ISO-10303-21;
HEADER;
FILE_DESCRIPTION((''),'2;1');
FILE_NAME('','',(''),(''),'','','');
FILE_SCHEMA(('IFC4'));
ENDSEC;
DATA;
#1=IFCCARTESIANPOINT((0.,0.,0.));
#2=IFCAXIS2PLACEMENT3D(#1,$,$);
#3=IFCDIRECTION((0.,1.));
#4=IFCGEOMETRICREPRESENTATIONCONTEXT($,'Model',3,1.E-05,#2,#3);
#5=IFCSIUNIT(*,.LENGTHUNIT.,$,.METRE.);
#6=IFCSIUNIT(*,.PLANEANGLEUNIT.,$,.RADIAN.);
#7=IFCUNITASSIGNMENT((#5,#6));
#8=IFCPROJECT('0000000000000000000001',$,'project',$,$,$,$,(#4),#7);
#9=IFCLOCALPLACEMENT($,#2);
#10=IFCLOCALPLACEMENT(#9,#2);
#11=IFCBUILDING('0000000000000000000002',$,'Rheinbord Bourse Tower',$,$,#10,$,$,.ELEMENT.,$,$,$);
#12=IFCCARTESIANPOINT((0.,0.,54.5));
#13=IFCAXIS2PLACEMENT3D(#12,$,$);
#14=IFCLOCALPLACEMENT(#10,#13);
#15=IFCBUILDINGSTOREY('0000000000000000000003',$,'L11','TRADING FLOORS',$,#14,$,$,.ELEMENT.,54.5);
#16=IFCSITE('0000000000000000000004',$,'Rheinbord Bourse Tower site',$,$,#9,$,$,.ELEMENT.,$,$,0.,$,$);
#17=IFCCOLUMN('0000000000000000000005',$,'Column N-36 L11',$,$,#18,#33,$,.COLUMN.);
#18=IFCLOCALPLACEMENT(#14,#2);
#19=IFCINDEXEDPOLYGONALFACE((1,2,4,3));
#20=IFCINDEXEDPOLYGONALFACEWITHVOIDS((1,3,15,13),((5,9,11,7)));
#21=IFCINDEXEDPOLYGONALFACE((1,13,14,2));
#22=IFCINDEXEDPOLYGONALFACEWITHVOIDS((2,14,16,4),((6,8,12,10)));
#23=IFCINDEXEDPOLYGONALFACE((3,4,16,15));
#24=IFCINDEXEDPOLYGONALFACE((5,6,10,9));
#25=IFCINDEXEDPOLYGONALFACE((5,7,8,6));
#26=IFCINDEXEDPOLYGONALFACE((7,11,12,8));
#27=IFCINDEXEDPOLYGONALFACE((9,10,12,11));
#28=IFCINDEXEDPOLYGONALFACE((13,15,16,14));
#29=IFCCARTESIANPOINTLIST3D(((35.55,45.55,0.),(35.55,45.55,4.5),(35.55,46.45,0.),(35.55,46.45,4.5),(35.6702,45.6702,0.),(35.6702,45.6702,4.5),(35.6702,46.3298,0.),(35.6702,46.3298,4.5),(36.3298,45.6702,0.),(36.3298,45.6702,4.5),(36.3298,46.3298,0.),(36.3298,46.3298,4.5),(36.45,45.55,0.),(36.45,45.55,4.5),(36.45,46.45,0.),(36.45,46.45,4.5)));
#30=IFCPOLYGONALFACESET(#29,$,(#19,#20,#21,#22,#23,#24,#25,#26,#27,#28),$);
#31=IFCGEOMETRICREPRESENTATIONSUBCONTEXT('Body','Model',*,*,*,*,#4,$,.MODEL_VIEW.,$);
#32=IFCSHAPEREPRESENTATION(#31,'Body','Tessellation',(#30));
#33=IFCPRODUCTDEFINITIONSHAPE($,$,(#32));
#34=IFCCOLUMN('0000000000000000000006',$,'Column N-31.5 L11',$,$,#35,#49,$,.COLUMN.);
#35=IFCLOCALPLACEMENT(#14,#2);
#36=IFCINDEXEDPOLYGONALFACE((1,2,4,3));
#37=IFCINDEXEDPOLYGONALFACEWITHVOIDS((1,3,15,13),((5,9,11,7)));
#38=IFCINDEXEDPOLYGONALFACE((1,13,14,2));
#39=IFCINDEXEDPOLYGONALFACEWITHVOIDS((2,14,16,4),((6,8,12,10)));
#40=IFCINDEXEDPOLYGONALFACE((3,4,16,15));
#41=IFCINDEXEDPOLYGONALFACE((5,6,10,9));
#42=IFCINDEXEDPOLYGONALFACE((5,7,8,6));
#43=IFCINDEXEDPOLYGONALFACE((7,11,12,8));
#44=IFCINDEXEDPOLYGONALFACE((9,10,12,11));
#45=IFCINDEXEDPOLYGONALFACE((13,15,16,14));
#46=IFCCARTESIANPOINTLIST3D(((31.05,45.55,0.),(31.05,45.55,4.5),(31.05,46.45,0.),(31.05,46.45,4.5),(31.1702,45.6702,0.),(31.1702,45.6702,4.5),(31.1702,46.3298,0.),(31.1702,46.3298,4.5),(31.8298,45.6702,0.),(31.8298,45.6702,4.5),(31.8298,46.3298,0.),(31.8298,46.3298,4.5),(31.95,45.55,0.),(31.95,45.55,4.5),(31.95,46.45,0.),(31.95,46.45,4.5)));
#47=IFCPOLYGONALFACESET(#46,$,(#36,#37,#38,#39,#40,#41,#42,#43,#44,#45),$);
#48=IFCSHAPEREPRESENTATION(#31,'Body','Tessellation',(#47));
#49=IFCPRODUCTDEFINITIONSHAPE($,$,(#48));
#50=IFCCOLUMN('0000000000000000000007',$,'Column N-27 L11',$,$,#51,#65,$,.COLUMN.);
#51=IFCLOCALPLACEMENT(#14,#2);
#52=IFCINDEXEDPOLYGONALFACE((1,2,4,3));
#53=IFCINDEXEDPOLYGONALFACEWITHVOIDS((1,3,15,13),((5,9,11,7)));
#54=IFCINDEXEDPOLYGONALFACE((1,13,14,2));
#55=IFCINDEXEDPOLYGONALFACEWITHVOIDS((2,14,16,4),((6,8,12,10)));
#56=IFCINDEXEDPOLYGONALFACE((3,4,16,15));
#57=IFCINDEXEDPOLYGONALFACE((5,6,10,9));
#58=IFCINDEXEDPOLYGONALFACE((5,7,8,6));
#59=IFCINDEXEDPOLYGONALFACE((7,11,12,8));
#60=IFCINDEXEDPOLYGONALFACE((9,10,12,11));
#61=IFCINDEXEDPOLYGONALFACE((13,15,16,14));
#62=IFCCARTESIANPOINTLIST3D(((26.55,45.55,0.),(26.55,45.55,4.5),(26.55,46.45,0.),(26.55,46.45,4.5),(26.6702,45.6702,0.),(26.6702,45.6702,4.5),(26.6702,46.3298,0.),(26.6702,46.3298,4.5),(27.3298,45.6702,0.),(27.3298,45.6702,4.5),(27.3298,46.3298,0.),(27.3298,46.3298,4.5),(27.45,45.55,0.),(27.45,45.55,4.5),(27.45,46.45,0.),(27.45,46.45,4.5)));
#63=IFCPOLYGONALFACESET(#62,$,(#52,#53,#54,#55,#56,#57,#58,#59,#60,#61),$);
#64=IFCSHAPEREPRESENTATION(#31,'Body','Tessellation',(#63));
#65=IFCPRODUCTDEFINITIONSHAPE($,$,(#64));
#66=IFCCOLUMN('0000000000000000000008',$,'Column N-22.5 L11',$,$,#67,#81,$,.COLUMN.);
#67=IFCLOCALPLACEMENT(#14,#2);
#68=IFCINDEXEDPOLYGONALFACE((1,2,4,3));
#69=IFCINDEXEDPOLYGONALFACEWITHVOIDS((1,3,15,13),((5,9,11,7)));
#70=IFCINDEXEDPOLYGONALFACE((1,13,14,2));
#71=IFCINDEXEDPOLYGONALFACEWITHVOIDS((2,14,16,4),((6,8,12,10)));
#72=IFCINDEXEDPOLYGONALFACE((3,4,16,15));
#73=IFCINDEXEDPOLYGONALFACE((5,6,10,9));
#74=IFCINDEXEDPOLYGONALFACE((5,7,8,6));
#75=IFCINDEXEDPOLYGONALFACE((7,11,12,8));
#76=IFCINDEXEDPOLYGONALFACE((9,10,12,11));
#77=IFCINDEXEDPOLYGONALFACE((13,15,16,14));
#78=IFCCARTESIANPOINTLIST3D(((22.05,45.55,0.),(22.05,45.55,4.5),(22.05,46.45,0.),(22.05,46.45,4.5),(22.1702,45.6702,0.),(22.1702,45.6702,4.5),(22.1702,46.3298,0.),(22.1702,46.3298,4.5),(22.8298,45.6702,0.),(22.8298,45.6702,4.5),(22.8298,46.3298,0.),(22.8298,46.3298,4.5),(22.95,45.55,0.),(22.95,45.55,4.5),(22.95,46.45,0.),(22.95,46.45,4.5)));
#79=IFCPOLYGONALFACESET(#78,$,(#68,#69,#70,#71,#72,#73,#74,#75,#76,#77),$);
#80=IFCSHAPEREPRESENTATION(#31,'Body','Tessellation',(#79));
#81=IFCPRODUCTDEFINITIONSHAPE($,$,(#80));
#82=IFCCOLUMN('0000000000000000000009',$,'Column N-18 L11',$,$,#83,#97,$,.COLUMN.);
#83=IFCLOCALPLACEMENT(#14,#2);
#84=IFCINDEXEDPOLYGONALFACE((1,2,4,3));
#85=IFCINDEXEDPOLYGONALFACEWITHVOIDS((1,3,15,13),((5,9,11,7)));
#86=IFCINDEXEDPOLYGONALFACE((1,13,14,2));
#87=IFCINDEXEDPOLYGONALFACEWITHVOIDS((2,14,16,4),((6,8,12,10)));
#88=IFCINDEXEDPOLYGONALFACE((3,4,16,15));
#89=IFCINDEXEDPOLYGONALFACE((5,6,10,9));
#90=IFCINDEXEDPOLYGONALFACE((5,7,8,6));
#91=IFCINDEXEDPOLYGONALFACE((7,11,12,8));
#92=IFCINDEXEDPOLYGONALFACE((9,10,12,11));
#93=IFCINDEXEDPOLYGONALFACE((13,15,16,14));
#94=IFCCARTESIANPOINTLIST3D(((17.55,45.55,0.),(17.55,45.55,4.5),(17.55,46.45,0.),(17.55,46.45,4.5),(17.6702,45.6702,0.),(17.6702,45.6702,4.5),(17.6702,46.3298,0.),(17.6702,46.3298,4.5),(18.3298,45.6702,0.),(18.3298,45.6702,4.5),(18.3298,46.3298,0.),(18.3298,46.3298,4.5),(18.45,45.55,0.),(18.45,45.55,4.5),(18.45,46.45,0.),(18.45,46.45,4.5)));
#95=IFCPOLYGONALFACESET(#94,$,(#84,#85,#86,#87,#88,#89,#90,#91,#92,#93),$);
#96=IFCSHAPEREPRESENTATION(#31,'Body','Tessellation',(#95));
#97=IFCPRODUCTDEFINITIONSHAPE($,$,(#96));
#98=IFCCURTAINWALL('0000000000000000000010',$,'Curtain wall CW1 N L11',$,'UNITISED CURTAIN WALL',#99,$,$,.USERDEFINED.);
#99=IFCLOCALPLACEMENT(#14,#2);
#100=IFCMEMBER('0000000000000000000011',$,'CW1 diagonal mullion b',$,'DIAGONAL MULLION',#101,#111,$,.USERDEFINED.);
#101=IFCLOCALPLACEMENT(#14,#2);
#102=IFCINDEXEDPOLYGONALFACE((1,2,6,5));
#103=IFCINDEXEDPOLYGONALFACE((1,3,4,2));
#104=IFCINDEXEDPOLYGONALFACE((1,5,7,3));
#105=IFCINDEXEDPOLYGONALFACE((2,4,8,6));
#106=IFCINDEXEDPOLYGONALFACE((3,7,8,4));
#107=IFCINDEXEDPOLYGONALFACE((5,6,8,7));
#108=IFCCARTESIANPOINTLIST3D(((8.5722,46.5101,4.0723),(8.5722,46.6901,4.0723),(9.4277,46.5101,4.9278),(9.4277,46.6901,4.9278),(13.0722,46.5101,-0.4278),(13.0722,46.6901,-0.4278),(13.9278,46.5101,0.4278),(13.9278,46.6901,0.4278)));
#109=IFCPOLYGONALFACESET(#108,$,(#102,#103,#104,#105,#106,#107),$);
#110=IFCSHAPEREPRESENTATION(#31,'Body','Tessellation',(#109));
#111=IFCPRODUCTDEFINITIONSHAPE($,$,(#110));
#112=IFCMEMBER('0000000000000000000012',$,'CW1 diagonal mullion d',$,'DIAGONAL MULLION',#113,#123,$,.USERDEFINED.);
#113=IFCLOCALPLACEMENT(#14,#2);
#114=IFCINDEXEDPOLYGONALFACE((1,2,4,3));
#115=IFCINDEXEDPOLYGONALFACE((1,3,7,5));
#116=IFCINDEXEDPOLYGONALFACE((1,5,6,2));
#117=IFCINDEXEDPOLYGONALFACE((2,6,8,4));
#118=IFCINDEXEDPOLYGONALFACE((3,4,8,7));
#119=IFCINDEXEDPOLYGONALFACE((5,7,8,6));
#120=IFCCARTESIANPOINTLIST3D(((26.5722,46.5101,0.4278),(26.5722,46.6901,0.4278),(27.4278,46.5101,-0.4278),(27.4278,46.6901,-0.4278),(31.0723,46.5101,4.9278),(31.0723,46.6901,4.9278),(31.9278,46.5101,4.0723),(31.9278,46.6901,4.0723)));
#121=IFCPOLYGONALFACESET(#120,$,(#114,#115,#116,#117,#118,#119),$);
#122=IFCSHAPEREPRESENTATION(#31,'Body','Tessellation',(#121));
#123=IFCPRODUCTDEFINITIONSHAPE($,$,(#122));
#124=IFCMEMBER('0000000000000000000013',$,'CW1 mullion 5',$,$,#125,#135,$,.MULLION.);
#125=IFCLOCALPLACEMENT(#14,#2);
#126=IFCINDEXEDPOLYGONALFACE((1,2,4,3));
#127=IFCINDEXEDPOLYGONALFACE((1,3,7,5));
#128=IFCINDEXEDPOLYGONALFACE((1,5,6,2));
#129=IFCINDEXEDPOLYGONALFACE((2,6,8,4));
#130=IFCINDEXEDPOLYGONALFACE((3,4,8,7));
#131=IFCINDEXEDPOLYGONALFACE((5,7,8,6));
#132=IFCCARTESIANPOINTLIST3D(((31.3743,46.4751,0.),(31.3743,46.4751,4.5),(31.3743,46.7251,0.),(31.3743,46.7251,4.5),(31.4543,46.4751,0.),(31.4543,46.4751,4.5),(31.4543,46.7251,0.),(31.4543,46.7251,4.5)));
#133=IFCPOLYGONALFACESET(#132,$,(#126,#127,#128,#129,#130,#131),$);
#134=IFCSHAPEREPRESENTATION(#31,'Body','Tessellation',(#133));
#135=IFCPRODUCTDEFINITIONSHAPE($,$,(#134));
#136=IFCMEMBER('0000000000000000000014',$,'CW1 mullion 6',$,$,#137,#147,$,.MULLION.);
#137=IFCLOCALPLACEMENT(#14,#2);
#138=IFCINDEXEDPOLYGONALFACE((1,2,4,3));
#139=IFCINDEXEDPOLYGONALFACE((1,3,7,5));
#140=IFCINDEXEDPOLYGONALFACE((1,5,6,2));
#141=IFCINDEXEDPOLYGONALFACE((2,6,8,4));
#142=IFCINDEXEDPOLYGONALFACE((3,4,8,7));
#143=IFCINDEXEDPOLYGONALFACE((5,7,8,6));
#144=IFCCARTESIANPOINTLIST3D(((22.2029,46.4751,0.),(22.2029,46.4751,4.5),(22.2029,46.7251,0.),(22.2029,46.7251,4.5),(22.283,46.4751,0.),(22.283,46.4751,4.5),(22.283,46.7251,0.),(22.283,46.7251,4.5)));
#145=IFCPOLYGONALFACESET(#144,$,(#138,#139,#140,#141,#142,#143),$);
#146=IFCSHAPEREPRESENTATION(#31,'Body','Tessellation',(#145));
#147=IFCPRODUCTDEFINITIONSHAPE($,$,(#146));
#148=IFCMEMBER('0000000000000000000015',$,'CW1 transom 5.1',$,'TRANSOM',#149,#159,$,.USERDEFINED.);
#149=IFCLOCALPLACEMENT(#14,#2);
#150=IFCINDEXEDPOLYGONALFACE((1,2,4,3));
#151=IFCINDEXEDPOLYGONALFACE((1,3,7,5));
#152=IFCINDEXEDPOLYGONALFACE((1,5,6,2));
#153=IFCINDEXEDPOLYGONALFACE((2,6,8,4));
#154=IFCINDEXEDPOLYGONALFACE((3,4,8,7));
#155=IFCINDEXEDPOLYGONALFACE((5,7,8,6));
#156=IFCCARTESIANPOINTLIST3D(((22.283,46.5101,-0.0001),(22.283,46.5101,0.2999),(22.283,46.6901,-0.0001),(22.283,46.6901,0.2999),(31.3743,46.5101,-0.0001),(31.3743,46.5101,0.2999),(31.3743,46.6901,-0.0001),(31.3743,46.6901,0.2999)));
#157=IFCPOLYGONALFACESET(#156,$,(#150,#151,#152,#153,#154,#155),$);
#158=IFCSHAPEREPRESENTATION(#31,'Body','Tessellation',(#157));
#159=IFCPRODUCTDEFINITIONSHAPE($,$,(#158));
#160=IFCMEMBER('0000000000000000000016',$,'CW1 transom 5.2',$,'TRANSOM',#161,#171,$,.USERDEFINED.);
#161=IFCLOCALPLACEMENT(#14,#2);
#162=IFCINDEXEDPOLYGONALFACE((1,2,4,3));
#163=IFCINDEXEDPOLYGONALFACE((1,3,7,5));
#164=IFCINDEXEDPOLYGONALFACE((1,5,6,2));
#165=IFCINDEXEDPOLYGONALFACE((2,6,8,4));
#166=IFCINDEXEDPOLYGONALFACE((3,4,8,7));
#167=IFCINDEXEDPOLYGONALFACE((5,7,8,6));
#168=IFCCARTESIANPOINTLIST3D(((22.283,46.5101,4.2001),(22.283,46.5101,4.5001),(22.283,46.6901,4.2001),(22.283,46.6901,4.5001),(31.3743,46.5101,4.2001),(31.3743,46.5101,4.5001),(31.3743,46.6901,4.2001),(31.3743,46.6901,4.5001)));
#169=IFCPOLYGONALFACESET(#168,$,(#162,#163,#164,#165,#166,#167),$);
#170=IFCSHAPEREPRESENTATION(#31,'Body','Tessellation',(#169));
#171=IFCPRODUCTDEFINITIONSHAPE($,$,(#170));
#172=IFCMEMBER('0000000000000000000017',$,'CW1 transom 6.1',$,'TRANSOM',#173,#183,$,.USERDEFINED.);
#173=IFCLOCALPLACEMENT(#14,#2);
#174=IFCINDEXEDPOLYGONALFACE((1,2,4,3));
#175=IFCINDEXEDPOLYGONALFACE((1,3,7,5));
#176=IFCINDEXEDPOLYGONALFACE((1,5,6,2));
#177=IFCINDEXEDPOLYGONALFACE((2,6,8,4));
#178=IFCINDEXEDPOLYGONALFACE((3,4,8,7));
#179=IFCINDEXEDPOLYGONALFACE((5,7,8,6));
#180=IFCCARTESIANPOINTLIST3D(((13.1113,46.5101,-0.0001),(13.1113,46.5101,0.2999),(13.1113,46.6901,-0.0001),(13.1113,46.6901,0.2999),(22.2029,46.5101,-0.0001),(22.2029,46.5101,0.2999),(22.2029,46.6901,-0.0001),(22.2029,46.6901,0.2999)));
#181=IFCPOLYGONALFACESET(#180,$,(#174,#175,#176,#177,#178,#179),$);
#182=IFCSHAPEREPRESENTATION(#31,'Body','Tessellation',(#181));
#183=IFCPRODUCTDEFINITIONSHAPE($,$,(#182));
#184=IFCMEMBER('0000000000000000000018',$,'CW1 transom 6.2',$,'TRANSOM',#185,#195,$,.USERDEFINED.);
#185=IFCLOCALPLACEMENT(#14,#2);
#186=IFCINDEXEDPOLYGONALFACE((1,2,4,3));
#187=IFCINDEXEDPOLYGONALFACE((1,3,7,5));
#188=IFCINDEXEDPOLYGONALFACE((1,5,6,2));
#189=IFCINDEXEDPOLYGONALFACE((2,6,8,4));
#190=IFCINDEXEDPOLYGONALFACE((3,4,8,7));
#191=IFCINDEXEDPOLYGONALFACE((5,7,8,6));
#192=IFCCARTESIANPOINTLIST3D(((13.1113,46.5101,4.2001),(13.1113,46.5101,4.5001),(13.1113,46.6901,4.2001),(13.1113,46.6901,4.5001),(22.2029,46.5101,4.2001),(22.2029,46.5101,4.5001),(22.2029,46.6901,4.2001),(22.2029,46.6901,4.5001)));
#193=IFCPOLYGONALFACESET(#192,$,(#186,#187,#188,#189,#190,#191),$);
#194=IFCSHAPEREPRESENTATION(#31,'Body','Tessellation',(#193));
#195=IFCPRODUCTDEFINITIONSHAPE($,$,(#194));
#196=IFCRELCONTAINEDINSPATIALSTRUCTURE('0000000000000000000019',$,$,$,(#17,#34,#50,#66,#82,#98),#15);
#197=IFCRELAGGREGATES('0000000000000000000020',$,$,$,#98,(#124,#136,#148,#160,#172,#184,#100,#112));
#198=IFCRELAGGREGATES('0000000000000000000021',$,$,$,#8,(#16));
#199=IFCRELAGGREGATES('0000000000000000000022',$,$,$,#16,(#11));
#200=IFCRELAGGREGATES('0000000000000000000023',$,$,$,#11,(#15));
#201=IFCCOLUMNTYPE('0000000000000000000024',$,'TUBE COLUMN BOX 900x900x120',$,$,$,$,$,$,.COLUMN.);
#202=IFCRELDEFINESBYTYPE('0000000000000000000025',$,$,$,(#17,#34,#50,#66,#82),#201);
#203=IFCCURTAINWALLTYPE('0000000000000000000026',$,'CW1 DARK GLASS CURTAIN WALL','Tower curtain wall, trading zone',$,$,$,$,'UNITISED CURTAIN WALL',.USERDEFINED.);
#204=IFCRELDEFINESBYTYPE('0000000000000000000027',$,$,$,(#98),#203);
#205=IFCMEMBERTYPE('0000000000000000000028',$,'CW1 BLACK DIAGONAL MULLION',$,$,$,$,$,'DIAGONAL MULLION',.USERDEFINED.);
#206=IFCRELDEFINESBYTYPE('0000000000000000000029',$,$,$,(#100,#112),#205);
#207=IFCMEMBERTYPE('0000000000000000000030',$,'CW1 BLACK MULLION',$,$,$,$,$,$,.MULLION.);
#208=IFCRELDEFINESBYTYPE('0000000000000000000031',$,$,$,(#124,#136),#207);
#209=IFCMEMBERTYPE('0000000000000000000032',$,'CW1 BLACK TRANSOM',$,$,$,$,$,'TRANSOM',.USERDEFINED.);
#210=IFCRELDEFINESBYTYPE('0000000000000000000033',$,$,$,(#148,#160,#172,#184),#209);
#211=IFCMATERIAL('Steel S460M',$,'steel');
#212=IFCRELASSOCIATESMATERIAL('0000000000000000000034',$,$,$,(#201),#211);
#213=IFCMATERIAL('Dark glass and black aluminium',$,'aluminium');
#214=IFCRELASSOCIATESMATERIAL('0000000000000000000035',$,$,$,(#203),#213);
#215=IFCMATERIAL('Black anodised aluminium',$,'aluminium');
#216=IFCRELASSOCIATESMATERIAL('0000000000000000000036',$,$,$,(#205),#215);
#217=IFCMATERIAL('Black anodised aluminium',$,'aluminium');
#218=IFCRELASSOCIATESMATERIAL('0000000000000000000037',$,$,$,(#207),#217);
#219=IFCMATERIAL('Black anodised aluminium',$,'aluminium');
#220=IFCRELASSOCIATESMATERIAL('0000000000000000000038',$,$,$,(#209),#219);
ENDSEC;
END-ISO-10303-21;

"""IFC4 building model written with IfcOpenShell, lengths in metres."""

from ifc_helpers import new_model, si_unit, direction, frame, origin, origin_2d, place, context, subcontext, project, spatial, rectangle, hollow_rectangle, extrude, material, material_profile, profile_set, type_object, element, aggregate, save


model = new_model("IFC4")

# Units and contexts
model_context = context("Model", 3, precision=1e-05, world=origin(), true_north=direction((0.0, 1.0)))
body_context = subcontext(model_context, "Body", "Model", "MODEL_VIEW")
ifc_project = project(units=[si_unit("LENGTHUNIT", "METRE"), si_unit("PLANEANGLEUNIT", "RADIAN")], contexts=[model_context])

# Site, building, storey
site_placement = place(None, origin())
site = spatial("IfcSite", under=ifc_project, at=site_placement, Name="Rheinbord Bourse Tower site", CompositionType="ELEMENT", RefElevation=0.0)
building_placement = place(site_placement, origin())
building = spatial("IfcBuilding", under=site, at=building_placement, Name="Rheinbord Bourse Tower", CompositionType="ELEMENT")
storey_placement = place(building_placement, frame((0.0, 0.0, 54.5)))
storey = spatial("IfcBuildingStorey", under=building, at=storey_placement, Name="L11", Description="TRADING FLOORS", CompositionType="ELEMENT", Elevation=54.5)

# Columns
ifc_material_1 = material(Name="Steel S460M", Category="steel")
ifc_material_profile_1 = material_profile(ifc_material_1, hollow_rectangle(XDim=0.8999, YDim=0.8999, WallThickness=0.1201, at=origin_2d()), Name="BOX 900x900x120")
ifc_profile_set_1 = profile_set([ifc_material_profile_1], Name="Steel S460M")
column_type = type_object("IfcColumnType", Name="TUBE COLUMN BOX 900x900x120", PredefinedType="COLUMN", material=ifc_profile_set_1)
for number, where, z_axis, x_axis, name in (
    (1, (36.0, 46.0, 0.0), (0.0, 0.0, 1.0), (0.0, 1.0, 0.0), "Column N-36 L11"),
    (2, (31.5, 46.0, 0.0), (0.0, 0.0, 1.0), (0.0, 1.0, 0.0), "Column N-31.5 L11"),
    (3, (27.0, 46.0, 0.0), (0.0, 0.0, 1.0), (0.0, 1.0, 0.0), "Column N-27 L11"),
    (4, (22.5, 46.0, 0.0), (0.0, 0.0, 1.0), (0.0, 1.0, 0.0), "Column N-22.5 L11"),
    (5, (18.0, 46.0, 0.0), (0.0, 0.0, 1.0), (0.0, 1.0, 0.0), "Column N-18 L11"),
):
    element("IfcColumn", number, at=place(storey_placement, frame(where, z_axis=z_axis, x_axis=x_axis)), inside=storey, type_object=column_type, Name=name, PredefinedType="COLUMN", context=body_context, shape_type="SweptSolid", body=[
        extrude(hollow_rectangle(XDim=0.8999, YDim=0.8999, WallThickness=0.1201, at=origin_2d()), origin(), (0.0, 0.0, 1.0), 4.5),
    ])

# Curtain wall, members
ifc_material_2 = material(Name="Dark glass and black aluminium", Category="aluminium")
curtain_wall_type = type_object("IfcCurtainWallType", Name="CW1 DARK GLASS CURTAIN WALL", Description="Tower curtain wall, trading zone", ElementType="UNITISED CURTAIN WALL", PredefinedType="USERDEFINED", material=ifc_material_2)
curtain_wall_placement = place(storey_placement, origin())
curtain_wall = element("IfcCurtainWall", 6, at=curtain_wall_placement, inside=storey, type_object=curtain_wall_type, Name="Curtain wall CW1 N L11", ObjectType="UNITISED CURTAIN WALL", PredefinedType="USERDEFINED")
ifc_material_3 = material(Name="Black anodised aluminium", Category="aluminium")
ifc_material_profile_2 = material_profile(ifc_material_3, rectangle(XDim=0.1799, YDim=1.21, at=origin_2d()), Name="CW1 DIAGONAL MULLION 1210x180")
ifc_profile_set_2 = profile_set([ifc_material_profile_2], Name="Black anodised aluminium")
member_type_1 = type_object("IfcMemberType", Name="CW1 BLACK DIAGONAL MULLION", ElementType="DIAGONAL MULLION", PredefinedType="USERDEFINED", material=ifc_profile_set_2)
member_1_placement = place(storey_placement, frame((13.5, 46.6001, 0.0), z_axis=(-0.707107, 0.0, 0.707107), x_axis=(0.0, -1.0, 0.0)))
member_1 = element("IfcMember", 7, at=member_1_placement, type_object=member_type_1, Name="CW1 diagonal mullion b", ObjectType="DIAGONAL MULLION", PredefinedType="USERDEFINED", context=body_context, shape_type="SweptSolid", body=[
    extrude(rectangle(XDim=0.1799, YDim=1.21, at=origin_2d()), origin(), (0.0, 0.0, 1.0), 6.364),
])
member_2_placement = place(storey_placement, frame((27.0, 46.6001, 0.0), z_axis=(0.707107, 0.0, 0.707107), x_axis=(0.0, 1.0, 0.0)))
member_2 = element("IfcMember", 8, at=member_2_placement, type_object=member_type_1, Name="CW1 diagonal mullion d", ObjectType="DIAGONAL MULLION", PredefinedType="USERDEFINED", context=body_context, shape_type="SweptSolid", body=[
    extrude(rectangle(XDim=0.1799, YDim=1.21, at=origin_2d()), origin(), (0.0, 0.0, 1.0), 6.364),
])
ifc_material_4 = material(Name="Black anodised aluminium", Category="aluminium")
ifc_material_profile_3 = material_profile(ifc_material_4, rectangle(XDim=0.25, YDim=0.0801, at=origin_2d()), Name="CW1 MULLION 80x250")
ifc_profile_set_3 = profile_set([ifc_material_profile_3], Name="Black anodised aluminium")
member_type_2 = type_object("IfcMemberType", Name="CW1 BLACK MULLION", PredefinedType="MULLION", material=ifc_profile_set_3)
member_3_placement = place(storey_placement, frame((31.4143, 46.6001, 0.0), z_axis=(0.0, 0.0, 1.0), x_axis=(0.0, -1.0, 0.0)))
member_3 = element("IfcMember", 9, at=member_3_placement, type_object=member_type_2, Name="CW1 mullion 5", PredefinedType="MULLION", context=body_context, shape_type="SweptSolid", body=[
    extrude(rectangle(XDim=0.25, YDim=0.0801, at=origin_2d()), origin(), (0.0, 0.0, 1.0), 4.5),
])
member_4_placement = place(storey_placement, frame((22.2429, 46.6001, 0.0), z_axis=(0.0, 0.0, 1.0), x_axis=(0.0, -1.0, 0.0)))
member_4 = element("IfcMember", 10, at=member_4_placement, type_object=member_type_2, Name="CW1 mullion 6", PredefinedType="MULLION", context=body_context, shape_type="SweptSolid", body=[
    extrude(rectangle(XDim=0.25, YDim=0.0801, at=origin_2d()), origin(), (0.0, 0.0, 1.0), 4.5),
])
ifc_material_5 = material(Name="Black anodised aluminium", Category="aluminium")
ifc_material_profile_4 = material_profile(ifc_material_5, rectangle(XDim=0.1799, YDim=0.3, at=origin_2d()), Name="CW1 TRANSOM 300x180")
ifc_profile_set_4 = profile_set([ifc_material_profile_4], Name="Black anodised aluminium")
member_type_3 = type_object("IfcMemberType", Name="CW1 BLACK TRANSOM", ElementType="TRANSOM", PredefinedType="USERDEFINED", material=ifc_profile_set_4)
member_5_placement = place(storey_placement, frame((31.3743, 46.6001, 0.1499), z_axis=(-1.0, 0.0, 0.0), x_axis=(0.0, -1.0, 0.0)))
member_5 = element("IfcMember", 11, at=member_5_placement, type_object=member_type_3, Name="CW1 transom 5.1", ObjectType="TRANSOM", PredefinedType="USERDEFINED", context=body_context, shape_type="SweptSolid", body=[
    extrude(rectangle(XDim=0.1799, YDim=0.3, at=origin_2d()), origin(), (0.0, 0.0, 1.0), 9.0913),
])
member_6_placement = place(storey_placement, frame((31.3743, 46.6001, 4.3501), z_axis=(-1.0, 0.0, 0.0), x_axis=(0.0, -1.0, 0.0)))
member_6 = element("IfcMember", 12, at=member_6_placement, type_object=member_type_3, Name="CW1 transom 5.2", ObjectType="TRANSOM", PredefinedType="USERDEFINED", context=body_context, shape_type="SweptSolid", body=[
    extrude(rectangle(XDim=0.1799, YDim=0.3, at=origin_2d()), origin(), (0.0, 0.0, 1.0), 9.0913),
])
member_7_placement = place(storey_placement, frame((22.2029, 46.6001, 0.1499), z_axis=(-1.0, 0.0, 0.0), x_axis=(0.0, -1.0, 0.0)))
member_7 = element("IfcMember", 13, at=member_7_placement, type_object=member_type_3, Name="CW1 transom 6.1", ObjectType="TRANSOM", PredefinedType="USERDEFINED", context=body_context, shape_type="SweptSolid", body=[
    extrude(rectangle(XDim=0.1799, YDim=0.3, at=origin_2d()), origin(), (0.0, 0.0, 1.0), 9.0916),
])
member_8_placement = place(storey_placement, frame((22.2029, 46.6001, 4.3501), z_axis=(-1.0, 0.0, 0.0), x_axis=(0.0, -1.0, 0.0)))
member_8 = element("IfcMember", 14, at=member_8_placement, type_object=member_type_3, Name="CW1 transom 6.2", ObjectType="TRANSOM", PredefinedType="USERDEFINED", context=body_context, shape_type="SweptSolid", body=[
    extrude(rectangle(XDim=0.1799, YDim=0.3, at=origin_2d()), origin(), (0.0, 0.0, 1.0), 9.0916),
])

aggregate(curtain_wall, [member_3, member_4, member_5, member_6, member_7, member_8, member_1, member_2])

save(model, "model.ifc")
